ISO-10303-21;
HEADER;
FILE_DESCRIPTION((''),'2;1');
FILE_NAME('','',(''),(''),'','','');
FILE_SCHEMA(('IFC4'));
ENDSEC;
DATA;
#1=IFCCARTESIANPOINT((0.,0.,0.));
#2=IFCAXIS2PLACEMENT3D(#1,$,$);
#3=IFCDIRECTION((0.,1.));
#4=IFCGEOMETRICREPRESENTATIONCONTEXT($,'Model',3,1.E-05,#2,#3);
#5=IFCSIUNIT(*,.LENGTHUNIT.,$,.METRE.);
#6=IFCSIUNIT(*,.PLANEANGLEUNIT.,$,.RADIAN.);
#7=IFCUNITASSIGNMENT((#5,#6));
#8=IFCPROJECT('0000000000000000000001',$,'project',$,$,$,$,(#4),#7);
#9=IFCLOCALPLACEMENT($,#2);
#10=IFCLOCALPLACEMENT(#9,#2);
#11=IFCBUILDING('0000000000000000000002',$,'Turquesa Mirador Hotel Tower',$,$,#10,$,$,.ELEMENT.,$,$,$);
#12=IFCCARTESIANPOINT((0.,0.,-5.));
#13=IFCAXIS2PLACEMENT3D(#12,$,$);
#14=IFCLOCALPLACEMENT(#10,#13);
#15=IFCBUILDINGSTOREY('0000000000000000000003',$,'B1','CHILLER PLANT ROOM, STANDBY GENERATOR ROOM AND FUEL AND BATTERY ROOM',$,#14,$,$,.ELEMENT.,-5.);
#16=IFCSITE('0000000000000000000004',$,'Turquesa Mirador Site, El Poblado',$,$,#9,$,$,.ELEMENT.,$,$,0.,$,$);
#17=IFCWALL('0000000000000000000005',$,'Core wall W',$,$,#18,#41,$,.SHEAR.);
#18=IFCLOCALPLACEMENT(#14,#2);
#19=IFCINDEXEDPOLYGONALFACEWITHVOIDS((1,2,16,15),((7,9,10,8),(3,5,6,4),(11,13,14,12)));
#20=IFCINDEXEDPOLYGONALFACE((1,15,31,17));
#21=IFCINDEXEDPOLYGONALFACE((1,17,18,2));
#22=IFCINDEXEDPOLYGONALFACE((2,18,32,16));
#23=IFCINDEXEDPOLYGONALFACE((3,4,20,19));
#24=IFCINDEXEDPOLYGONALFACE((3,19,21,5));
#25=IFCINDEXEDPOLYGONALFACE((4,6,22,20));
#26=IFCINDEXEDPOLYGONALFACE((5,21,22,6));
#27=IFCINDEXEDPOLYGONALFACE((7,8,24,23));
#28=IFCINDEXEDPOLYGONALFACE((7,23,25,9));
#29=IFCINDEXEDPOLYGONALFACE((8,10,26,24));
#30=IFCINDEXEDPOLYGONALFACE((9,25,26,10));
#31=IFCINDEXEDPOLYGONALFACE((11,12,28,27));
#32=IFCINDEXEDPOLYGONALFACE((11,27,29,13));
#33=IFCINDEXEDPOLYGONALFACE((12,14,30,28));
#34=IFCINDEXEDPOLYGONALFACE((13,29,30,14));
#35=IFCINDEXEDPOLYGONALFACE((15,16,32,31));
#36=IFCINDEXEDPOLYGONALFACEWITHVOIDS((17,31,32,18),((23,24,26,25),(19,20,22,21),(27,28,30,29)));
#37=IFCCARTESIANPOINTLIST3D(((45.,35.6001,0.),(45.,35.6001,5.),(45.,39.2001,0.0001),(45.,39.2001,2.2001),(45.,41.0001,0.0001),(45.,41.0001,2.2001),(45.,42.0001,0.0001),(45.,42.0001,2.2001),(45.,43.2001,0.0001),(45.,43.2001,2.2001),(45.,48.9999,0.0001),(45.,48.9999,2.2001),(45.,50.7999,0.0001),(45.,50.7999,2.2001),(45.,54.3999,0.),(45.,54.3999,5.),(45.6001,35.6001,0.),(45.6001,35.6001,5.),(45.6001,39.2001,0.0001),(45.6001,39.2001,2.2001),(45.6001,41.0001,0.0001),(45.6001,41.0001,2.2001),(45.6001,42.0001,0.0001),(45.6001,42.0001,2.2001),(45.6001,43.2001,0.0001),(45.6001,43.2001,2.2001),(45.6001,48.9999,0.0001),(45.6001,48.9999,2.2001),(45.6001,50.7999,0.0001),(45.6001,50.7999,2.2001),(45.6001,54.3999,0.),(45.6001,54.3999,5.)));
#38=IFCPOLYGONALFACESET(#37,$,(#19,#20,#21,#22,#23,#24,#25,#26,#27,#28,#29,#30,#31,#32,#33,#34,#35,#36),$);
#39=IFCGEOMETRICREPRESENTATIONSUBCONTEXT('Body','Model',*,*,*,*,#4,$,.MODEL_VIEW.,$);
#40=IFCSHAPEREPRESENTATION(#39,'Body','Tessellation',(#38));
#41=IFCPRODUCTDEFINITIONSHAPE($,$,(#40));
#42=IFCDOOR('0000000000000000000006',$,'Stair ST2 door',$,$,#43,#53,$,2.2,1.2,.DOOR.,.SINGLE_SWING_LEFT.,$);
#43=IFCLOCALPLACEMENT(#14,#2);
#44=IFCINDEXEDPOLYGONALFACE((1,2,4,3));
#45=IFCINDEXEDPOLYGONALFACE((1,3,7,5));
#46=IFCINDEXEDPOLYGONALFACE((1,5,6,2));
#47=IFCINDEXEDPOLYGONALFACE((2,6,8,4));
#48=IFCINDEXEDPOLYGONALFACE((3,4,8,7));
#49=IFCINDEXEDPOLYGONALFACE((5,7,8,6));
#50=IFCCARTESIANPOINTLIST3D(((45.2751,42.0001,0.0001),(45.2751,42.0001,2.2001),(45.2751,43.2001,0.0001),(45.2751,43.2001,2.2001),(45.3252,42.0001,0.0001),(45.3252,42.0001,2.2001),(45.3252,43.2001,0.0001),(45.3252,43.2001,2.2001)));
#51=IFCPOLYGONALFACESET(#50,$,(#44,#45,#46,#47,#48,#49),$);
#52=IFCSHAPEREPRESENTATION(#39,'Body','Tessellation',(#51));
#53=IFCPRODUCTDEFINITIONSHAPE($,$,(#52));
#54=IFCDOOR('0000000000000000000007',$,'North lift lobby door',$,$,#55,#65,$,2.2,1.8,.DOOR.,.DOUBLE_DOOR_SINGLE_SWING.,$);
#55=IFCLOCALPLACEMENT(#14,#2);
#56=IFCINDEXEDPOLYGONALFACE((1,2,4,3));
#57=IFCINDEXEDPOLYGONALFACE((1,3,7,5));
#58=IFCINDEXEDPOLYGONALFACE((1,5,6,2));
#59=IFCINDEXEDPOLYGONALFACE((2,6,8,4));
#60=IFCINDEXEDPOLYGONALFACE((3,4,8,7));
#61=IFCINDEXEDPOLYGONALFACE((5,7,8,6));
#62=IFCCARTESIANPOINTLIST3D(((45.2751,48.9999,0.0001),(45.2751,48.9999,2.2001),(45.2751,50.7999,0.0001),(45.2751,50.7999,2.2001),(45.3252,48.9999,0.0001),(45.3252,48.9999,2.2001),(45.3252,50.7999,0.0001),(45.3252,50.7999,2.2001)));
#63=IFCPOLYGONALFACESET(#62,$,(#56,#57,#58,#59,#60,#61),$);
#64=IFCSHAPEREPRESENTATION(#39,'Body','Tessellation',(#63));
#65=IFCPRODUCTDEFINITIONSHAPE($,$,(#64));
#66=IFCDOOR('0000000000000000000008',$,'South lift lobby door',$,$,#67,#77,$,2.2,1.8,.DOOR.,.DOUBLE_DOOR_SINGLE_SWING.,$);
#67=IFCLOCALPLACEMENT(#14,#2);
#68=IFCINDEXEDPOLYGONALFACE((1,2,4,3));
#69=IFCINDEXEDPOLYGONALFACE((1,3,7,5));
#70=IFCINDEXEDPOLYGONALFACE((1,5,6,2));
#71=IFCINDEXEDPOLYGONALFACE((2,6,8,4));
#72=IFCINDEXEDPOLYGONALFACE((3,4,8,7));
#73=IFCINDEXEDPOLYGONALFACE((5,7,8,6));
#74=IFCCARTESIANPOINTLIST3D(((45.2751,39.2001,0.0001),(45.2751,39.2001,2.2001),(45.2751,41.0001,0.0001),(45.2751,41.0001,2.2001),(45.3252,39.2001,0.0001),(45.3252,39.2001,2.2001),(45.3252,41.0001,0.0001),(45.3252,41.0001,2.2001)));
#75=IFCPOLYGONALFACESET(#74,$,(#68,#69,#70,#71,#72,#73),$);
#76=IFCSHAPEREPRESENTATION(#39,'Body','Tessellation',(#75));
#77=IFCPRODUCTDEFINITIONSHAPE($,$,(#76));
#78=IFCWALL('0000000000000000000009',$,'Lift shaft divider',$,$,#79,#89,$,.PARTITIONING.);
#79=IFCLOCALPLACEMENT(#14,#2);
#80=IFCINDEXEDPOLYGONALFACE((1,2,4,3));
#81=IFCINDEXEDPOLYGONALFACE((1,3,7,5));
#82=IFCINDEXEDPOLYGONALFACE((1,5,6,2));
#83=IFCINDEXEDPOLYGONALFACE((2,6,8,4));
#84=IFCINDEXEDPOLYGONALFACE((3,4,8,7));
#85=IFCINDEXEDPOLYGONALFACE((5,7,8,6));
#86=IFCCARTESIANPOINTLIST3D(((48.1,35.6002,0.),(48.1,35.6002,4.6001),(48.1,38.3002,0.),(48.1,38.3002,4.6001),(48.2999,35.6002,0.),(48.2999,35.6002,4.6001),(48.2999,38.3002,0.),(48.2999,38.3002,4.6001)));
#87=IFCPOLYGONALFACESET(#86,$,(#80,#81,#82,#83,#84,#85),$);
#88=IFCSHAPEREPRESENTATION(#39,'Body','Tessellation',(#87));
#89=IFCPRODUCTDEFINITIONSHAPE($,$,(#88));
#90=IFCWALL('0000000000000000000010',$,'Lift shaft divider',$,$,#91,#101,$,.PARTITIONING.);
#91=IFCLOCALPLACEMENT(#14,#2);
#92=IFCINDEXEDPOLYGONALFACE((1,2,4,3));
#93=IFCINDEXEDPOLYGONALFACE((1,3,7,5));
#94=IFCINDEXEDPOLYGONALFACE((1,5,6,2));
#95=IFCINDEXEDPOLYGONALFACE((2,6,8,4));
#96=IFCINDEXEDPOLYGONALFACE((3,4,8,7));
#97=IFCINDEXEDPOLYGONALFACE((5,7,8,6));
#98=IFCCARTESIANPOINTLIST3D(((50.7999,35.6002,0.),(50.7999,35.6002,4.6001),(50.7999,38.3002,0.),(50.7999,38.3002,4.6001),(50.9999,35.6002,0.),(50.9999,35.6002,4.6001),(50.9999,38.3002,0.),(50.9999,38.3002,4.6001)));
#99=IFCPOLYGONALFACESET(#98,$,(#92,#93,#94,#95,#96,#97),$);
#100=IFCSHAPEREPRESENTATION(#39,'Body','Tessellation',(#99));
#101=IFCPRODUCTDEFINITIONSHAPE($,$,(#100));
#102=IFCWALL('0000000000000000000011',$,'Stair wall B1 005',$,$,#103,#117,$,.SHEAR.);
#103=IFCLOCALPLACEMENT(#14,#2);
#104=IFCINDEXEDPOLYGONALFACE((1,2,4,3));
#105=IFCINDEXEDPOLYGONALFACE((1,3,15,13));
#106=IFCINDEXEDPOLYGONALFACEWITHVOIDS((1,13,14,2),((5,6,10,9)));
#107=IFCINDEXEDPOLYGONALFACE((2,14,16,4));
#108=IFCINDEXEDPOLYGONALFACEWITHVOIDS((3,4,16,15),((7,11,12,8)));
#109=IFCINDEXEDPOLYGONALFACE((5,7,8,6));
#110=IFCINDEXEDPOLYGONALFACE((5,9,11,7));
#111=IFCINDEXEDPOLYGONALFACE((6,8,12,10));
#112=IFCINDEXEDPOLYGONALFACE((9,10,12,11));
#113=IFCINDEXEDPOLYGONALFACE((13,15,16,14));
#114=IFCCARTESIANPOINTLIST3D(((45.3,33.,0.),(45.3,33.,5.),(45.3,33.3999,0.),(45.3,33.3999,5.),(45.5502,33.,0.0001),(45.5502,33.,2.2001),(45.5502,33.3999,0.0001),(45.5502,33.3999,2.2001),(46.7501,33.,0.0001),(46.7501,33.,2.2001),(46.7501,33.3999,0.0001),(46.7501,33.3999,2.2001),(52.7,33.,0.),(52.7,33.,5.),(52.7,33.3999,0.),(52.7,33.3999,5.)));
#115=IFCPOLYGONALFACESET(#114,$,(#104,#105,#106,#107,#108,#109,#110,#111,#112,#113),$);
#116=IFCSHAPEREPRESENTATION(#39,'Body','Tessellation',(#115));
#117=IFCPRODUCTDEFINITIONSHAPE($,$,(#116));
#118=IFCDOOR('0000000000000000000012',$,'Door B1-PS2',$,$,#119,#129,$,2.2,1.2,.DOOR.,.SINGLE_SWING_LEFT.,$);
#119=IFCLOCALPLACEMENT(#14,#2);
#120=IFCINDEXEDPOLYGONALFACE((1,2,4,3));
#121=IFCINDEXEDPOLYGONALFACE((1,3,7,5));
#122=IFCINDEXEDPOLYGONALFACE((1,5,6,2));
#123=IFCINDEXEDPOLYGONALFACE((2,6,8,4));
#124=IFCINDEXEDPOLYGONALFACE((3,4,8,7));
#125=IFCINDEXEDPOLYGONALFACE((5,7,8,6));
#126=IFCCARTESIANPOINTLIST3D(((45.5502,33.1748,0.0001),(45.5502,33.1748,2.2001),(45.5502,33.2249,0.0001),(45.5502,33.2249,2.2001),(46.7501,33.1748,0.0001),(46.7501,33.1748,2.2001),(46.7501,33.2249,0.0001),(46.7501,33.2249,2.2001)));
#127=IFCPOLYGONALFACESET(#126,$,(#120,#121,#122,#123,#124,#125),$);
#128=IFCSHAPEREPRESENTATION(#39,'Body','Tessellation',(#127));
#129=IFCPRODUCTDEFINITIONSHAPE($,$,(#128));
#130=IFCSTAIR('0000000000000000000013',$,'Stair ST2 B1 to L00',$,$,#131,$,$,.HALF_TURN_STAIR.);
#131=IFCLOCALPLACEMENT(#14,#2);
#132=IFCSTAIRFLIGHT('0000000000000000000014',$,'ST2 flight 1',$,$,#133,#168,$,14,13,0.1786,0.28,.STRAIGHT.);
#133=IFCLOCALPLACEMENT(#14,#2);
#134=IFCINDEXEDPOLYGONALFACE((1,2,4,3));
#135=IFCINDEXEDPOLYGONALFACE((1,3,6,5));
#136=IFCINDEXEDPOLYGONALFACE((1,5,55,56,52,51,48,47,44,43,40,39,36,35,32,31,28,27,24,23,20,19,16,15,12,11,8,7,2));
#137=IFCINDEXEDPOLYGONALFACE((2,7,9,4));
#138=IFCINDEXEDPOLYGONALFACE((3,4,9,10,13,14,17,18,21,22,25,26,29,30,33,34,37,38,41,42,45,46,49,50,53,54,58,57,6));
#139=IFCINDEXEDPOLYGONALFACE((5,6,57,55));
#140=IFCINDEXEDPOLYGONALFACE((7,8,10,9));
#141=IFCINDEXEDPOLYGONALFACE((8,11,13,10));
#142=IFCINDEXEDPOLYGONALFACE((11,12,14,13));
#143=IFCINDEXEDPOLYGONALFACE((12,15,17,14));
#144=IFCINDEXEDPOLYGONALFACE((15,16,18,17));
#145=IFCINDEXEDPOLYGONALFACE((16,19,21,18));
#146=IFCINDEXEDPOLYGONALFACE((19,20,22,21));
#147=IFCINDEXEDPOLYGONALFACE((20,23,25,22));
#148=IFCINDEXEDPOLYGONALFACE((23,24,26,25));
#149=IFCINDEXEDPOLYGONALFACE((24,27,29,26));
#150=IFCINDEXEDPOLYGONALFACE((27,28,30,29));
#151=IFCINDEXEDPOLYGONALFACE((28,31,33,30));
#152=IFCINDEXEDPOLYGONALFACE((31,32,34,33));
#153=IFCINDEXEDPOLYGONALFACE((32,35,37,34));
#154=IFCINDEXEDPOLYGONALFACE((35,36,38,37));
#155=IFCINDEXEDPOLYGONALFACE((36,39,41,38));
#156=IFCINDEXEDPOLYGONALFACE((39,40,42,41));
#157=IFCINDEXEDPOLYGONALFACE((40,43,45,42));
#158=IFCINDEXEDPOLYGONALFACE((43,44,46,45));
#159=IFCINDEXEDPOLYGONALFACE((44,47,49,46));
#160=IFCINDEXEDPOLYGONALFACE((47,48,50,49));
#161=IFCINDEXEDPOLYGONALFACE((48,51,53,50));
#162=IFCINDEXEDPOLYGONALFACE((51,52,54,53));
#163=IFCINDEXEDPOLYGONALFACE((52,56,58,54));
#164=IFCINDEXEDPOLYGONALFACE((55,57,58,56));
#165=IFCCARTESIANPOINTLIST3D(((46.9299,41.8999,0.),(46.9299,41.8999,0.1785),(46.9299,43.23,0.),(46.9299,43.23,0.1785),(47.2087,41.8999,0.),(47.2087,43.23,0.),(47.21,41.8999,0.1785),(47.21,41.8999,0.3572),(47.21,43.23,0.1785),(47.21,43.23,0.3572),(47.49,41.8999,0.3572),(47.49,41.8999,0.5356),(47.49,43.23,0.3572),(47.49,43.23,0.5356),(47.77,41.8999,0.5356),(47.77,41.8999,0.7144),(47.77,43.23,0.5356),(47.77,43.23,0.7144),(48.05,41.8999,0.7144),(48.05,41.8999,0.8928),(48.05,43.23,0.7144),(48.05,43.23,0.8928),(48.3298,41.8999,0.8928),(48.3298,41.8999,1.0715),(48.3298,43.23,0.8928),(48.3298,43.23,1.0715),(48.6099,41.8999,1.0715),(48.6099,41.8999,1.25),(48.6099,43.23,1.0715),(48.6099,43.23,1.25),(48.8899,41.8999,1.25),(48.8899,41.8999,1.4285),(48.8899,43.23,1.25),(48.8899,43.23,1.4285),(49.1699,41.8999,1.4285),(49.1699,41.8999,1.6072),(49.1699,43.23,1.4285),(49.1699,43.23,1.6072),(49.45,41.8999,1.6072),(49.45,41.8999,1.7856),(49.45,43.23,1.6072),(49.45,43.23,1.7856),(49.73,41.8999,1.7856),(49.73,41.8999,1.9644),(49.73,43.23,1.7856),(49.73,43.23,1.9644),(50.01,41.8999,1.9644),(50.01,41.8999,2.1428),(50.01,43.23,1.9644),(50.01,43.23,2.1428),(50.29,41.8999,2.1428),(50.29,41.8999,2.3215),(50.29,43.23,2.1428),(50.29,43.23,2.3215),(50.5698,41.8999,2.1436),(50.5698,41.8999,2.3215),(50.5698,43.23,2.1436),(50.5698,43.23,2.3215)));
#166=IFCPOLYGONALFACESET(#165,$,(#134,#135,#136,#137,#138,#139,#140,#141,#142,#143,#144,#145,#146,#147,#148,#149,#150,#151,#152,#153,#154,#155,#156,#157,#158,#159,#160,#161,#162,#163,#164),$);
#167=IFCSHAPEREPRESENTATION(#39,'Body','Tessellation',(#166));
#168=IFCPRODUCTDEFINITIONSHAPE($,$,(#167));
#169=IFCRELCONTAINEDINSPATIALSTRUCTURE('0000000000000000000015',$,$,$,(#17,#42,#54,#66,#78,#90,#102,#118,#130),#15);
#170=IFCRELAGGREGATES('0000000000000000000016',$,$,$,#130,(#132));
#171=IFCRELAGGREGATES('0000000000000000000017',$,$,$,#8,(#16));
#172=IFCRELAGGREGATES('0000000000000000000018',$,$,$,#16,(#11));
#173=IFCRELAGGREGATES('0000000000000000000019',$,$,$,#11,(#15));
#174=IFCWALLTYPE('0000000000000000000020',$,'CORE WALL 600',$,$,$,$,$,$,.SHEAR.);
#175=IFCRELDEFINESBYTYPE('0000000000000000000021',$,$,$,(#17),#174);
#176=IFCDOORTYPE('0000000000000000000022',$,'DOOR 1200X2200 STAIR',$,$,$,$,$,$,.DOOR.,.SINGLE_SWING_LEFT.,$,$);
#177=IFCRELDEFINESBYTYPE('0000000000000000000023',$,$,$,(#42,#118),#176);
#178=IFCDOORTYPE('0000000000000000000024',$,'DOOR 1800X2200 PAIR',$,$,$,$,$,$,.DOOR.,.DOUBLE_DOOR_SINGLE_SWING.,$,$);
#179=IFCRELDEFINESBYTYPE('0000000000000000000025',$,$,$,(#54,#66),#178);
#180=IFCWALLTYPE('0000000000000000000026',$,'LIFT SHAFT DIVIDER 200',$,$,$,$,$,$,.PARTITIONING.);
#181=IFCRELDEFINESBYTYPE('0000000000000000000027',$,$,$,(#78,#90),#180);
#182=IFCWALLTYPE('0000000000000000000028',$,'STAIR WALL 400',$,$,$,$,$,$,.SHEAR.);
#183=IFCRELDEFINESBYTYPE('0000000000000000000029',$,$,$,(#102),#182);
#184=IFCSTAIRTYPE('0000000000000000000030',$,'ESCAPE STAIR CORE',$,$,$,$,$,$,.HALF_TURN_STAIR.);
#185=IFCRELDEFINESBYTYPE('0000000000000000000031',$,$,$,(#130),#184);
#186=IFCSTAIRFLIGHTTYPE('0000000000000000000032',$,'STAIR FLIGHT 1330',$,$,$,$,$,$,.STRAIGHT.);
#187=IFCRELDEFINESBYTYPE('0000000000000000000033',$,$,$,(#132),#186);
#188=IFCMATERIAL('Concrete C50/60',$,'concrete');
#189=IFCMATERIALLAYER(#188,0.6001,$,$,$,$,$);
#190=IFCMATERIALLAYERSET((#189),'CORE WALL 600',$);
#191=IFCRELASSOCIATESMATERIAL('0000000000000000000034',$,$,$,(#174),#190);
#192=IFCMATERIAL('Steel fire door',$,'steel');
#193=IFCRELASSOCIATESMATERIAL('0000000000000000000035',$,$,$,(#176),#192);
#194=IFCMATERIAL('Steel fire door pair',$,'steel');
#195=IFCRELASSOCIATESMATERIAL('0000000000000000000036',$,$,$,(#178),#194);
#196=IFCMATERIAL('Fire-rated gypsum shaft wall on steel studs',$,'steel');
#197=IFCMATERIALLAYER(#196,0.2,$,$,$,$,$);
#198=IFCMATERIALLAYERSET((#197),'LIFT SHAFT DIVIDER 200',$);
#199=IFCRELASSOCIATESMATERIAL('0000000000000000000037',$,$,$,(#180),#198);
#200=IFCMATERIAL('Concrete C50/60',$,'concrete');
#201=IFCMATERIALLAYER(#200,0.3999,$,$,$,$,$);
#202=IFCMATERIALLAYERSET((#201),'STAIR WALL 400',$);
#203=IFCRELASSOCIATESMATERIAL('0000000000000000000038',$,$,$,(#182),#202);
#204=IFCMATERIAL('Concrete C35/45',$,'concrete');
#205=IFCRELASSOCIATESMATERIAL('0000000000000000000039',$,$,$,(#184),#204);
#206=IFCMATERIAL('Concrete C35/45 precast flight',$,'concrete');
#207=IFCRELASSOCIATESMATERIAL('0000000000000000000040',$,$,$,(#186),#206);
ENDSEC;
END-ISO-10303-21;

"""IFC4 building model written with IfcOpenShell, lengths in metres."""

from ifc_helpers import new_model, si_unit, direction, frame, frame_2d, origin, place, context, subcontext, project, spatial, polyline, rectangle, outline, extrude, material, layer, layer_set, type_object, element, fill, aggregate, save


model = new_model("IFC4")

# Units and contexts
model_context = context("Model", 3, precision=1e-05, world=origin(), true_north=direction((0.0, 1.0)))
body_context = subcontext(model_context, "Body", "Model", "MODEL_VIEW")
ifc_project = project(units=[si_unit("LENGTHUNIT", "METRE"), si_unit("PLANEANGLEUNIT", "RADIAN")], contexts=[model_context])

# Site, building, storey
site_placement = place(None, origin())
site = spatial("IfcSite", under=ifc_project, at=site_placement, Name="Turquesa Mirador Site, El Poblado", CompositionType="ELEMENT", RefElevation=0.0)
building_placement = place(site_placement, origin())
building = spatial("IfcBuilding", under=site, at=building_placement, Name="Turquesa Mirador Hotel Tower", CompositionType="ELEMENT")
storey_placement = place(building_placement, frame((0.0, 0.0, -5.0)))
storey = spatial("IfcBuildingStorey", under=building, at=storey_placement, Name="B1", Description="CHILLER PLANT ROOM, STANDBY GENERATOR ROOM AND FUEL AND BATTERY ROOM", CompositionType="ELEMENT", Elevation=-5.0)

# Shared definitions
ifc_material_1 = material(Name="Concrete C50/60", Category="concrete")
ifc_layer_1 = layer(ifc_material_1, 0.6001)
ifc_layer_set_1 = layer_set([ifc_layer_1], Name="CORE WALL 600")
wall_type_1 = type_object("IfcWallType", Name="CORE WALL 600", PredefinedType="SHEAR", material=ifc_layer_set_1)

# Wall, openings, doors
wall_1_placement = place(storey_placement, frame((45.3, 35.6001, 0.0), z_axis=(0.0, 0.0, 1.0), x_axis=(0.0, 1.0, 0.0)))
wall_1 = element("IfcWall", 1, at=wall_1_placement, inside=storey, type_object=wall_type_1, Name="Core wall W", PredefinedType="SHEAR", context=body_context, shape_type="SweptSolid", body=[
    extrude(rectangle(XDim=18.7998, YDim=0.6001, at=frame_2d((9.3999, 0.0))), origin(), (0.0, 0.0, 1.0), 5.0),
])
opening_1_placement = place(wall_1_placement, frame((13.3999, 0.0, 0.0)))
opening_1 = element("IfcOpeningElement", 2, at=opening_1_placement, cuts=wall_1, PredefinedType="OPENING", context=body_context, shape_type="SweptSolid", body=[
    extrude(rectangle(XDim=1.8, YDim=2.2, at=frame_2d((0.8999, 1.1001))), frame((0.0, 0.3101, 0.0), z_axis=(0.0, -1.0, 0.0), x_axis=(1.0, 0.0, 0.0)), (0.0, 0.0, 1.0), 0.6201),
])
opening_2_placement = place(wall_1_placement, frame((3.6001, 0.0, 0.0)))
opening_2 = element("IfcOpeningElement", 3, at=opening_2_placement, cuts=wall_1, PredefinedType="OPENING", context=body_context, shape_type="SweptSolid", body=[
    extrude(rectangle(XDim=1.8, YDim=2.2, at=frame_2d((0.8999, 1.1001))), frame((0.0, 0.3101, 0.0), z_axis=(0.0, -1.0, 0.0), x_axis=(1.0, 0.0, 0.0)), (0.0, 0.0, 1.0), 0.6201),
])
opening_3_placement = place(wall_1_placement, frame((6.3999, 0.0, 0.0)))
opening_3 = element("IfcOpeningElement", 4, at=opening_3_placement, cuts=wall_1, PredefinedType="OPENING", context=body_context, shape_type="SweptSolid", body=[
    extrude(rectangle(XDim=1.2, YDim=2.2, at=frame_2d((0.6001, 1.1001))), frame((0.0, 0.3101, 0.0), z_axis=(0.0, -1.0, 0.0), x_axis=(1.0, 0.0, 0.0)), (0.0, 0.0, 1.0), 0.6201),
])
ifc_material_2 = material(Name="Steel fire door", Category="steel")
door_type_1 = type_object("IfcDoorType", Name="DOOR 1200X2200 STAIR", OperationType="SINGLE_SWING_LEFT", PredefinedType="DOOR", material=ifc_material_2)
door_1_placement = place(opening_3_placement, origin())
door_1 = element("IfcDoor", 5, at=door_1_placement, inside=storey, type_object=door_type_1, Name="Stair ST2 door", OperationType="SINGLE_SWING_LEFT", OverallHeight=2.2, OverallWidth=1.2, PredefinedType="DOOR", context=body_context, shape_type="SweptSolid", body=[
    extrude(rectangle(XDim=1.2, YDim=2.2, at=frame_2d((0.6001, 1.1001))), frame((0.0, 0.0249, 0.0), z_axis=(0.0, -1.0, 0.0), x_axis=(1.0, 0.0, 0.0)), (0.0, 0.0, 1.0), 0.05),
])
fill(opening_3, door_1)
ifc_material_3 = material(Name="Steel fire door pair", Category="steel")
door_type_2 = type_object("IfcDoorType", Name="DOOR 1800X2200 PAIR", OperationType="DOUBLE_DOOR_SINGLE_SWING", PredefinedType="DOOR", material=ifc_material_3)
door_2_placement = place(opening_1_placement, origin())
door_2 = element("IfcDoor", 6, at=door_2_placement, inside=storey, type_object=door_type_2, Name="North lift lobby door", OperationType="DOUBLE_DOOR_SINGLE_SWING", OverallHeight=2.2, OverallWidth=1.8, PredefinedType="DOOR", context=body_context, shape_type="SweptSolid", body=[
    extrude(rectangle(XDim=1.8, YDim=2.2, at=frame_2d((0.8999, 1.1001))), frame((0.0, 0.0249, 0.0), z_axis=(0.0, -1.0, 0.0), x_axis=(1.0, 0.0, 0.0)), (0.0, 0.0, 1.0), 0.05),
])
fill(opening_1, door_2)
door_3_placement = place(opening_2_placement, origin())
door_3 = element("IfcDoor", 7, at=door_3_placement, inside=storey, type_object=door_type_2, Name="South lift lobby door", OperationType="DOUBLE_DOOR_SINGLE_SWING", OverallHeight=2.2, OverallWidth=1.8, PredefinedType="DOOR", context=body_context, shape_type="SweptSolid", body=[
    extrude(rectangle(XDim=1.8, YDim=2.2, at=frame_2d((0.8999, 1.1001))), frame((0.0, 0.0249, 0.0), z_axis=(0.0, -1.0, 0.0), x_axis=(1.0, 0.0, 0.0)), (0.0, 0.0, 1.0), 0.05),
])
fill(opening_2, door_3)

# Walls
ifc_material_4 = material(Name="Fire-rated gypsum shaft wall on steel studs", Category="steel")
ifc_layer_2 = layer(ifc_material_4, 0.2)
ifc_layer_set_2 = layer_set([ifc_layer_2], Name="LIFT SHAFT DIVIDER 200")
wall_type_2 = type_object("IfcWallType", Name="LIFT SHAFT DIVIDER 200", PredefinedType="PARTITIONING", material=ifc_layer_set_2)
for number, where, z_axis, x_axis, name in (
    (8, (48.2, 35.6001, 0.0), (0.0, 0.0, 1.0), (0.0, 1.0, 0.0), "Lift shaft divider"),
    (9, (50.8999, 35.6001, 0.0), (0.0, 0.0, 1.0), (0.0, 1.0, 0.0), "Lift shaft divider"),
):
    element("IfcWall", number, at=place(storey_placement, frame(where, z_axis=z_axis, x_axis=x_axis)), inside=storey, type_object=wall_type_2, Name=name, PredefinedType="PARTITIONING", context=body_context, shape_type="SweptSolid", body=[
        extrude(rectangle(XDim=2.7, YDim=0.2, at=frame_2d((1.3501, 0.0))), origin(), (0.0, 0.0, 1.0), 4.6001),
    ])

# Wall, opening, door
ifc_material_5 = material(Name="Concrete C50/60", Category="concrete")
ifc_layer_3 = layer(ifc_material_5, 0.3999)
ifc_layer_set_3 = layer_set([ifc_layer_3], Name="STAIR WALL 400")
wall_type_3 = type_object("IfcWallType", Name="STAIR WALL 400", PredefinedType="SHEAR", material=ifc_layer_set_3)
wall_2_placement = place(storey_placement, frame((45.3, 33.2, 0.0), z_axis=(0.0, 0.0, 1.0), x_axis=(1.0, 0.0, 0.0)))
wall_2 = element("IfcWall", 10, at=wall_2_placement, inside=storey, type_object=wall_type_3, Name="Stair wall B1 005", PredefinedType="SHEAR", context=body_context, shape_type="SweptSolid", body=[
    extrude(rectangle(XDim=7.3999, YDim=0.3999, at=frame_2d((3.7, 0.0))), origin(), (0.0, 0.0, 1.0), 5.0),
])
opening_4_placement = place(wall_2_placement, frame((0.25, 0.0, 0.0)))
opening_4 = element("IfcOpeningElement", 11, at=opening_4_placement, cuts=wall_2, PredefinedType="OPENING", context=body_context, shape_type="SweptSolid", body=[
    extrude(rectangle(XDim=1.2, YDim=2.2, at=frame_2d((0.6001, 1.1001))), frame((0.0, 0.21, 0.0), z_axis=(0.0, -1.0, 0.0), x_axis=(1.0, 0.0, 0.0)), (0.0, 0.0, 1.0), 0.4199),
])
door_4_placement = place(opening_4_placement, origin())
door_4 = element("IfcDoor", 12, at=door_4_placement, inside=storey, type_object=door_type_1, Name="Door B1-PS2", OperationType="SINGLE_SWING_LEFT", OverallHeight=2.2, OverallWidth=1.2, PredefinedType="DOOR", context=body_context, shape_type="SweptSolid", body=[
    extrude(rectangle(XDim=1.2, YDim=2.2, at=frame_2d((0.6001, 1.1001))), frame((0.0, 0.0249, 0.0), z_axis=(0.0, -1.0, 0.0), x_axis=(1.0, 0.0, 0.0)), (0.0, 0.0, 1.0), 0.05),
])
fill(opening_4, door_4)

# Stair, stair flight
ifc_material_6 = material(Name="Concrete C35/45", Category="concrete")
stair_type = type_object("IfcStairType", Name="ESCAPE STAIR CORE", PredefinedType="HALF_TURN_STAIR", material=ifc_material_6)
stair_placement = place(storey_placement, origin())
stair = element("IfcStair", 13, at=stair_placement, inside=storey, type_object=stair_type, Name="Stair ST2 B1 to L00", PredefinedType="HALF_TURN_STAIR")
ifc_material_7 = material(Name="Concrete C35/45 precast flight", Category="concrete")
stair_flight_type = type_object("IfcStairFlightType", Name="STAIR FLIGHT 1330", PredefinedType="STRAIGHT", material=ifc_material_7)
stair_flight_placement = place(storey_placement, frame((46.9299, 42.5649, 0.0), z_axis=(0.0, 0.0, 1.0), x_axis=(1.0, 0.0, 0.0)))
stair_flight = element("IfcStairFlight", 14, at=stair_flight_placement, type_object=stair_flight_type, Name="ST2 flight 1", NumberOfRisers=14, NumberOfTreads=13, PredefinedType="STRAIGHT", RiserHeight=0.1786, TreadLength=0.28, context=body_context, shape_type="SweptSolid", body=[
    extrude(outline(polyline([(0.0, 0.0), (0.0, 0.1785), (0.28, 0.1785), (0.28, 0.3572), (0.5601, 0.3572), (0.5601, 0.5356), (0.8401, 0.5356), (0.8401, 0.7144), (1.1201, 0.7144), (1.1201, 0.8928), (1.3999, 0.8928), (1.3999, 1.0715), (1.6799, 1.0715), (1.6799, 1.25), (1.96, 1.25), (1.96, 1.4285), (2.24, 1.4285), (2.24, 1.6072), (2.52, 1.6072), (2.52, 1.7856), (2.8, 1.7856), (2.8, 1.9644), (3.0801, 1.9644), (3.0801, 2.1428), (3.3601, 2.1428), (3.3601, 2.3215), (3.6399, 2.3215), (3.6399, 2.5), (3.6399, 2.1436), (0.2788, 0.0), (0.0, 0.0)])), frame((0.0, 0.665, 0.0), z_axis=(0.0, -1.0, 0.0), x_axis=(1.0, 0.0, 0.0)), (0.0, 0.0, 1.0), 1.3301),
])
aggregate(stair, [stair_flight])

save(model, "model.ifc")
